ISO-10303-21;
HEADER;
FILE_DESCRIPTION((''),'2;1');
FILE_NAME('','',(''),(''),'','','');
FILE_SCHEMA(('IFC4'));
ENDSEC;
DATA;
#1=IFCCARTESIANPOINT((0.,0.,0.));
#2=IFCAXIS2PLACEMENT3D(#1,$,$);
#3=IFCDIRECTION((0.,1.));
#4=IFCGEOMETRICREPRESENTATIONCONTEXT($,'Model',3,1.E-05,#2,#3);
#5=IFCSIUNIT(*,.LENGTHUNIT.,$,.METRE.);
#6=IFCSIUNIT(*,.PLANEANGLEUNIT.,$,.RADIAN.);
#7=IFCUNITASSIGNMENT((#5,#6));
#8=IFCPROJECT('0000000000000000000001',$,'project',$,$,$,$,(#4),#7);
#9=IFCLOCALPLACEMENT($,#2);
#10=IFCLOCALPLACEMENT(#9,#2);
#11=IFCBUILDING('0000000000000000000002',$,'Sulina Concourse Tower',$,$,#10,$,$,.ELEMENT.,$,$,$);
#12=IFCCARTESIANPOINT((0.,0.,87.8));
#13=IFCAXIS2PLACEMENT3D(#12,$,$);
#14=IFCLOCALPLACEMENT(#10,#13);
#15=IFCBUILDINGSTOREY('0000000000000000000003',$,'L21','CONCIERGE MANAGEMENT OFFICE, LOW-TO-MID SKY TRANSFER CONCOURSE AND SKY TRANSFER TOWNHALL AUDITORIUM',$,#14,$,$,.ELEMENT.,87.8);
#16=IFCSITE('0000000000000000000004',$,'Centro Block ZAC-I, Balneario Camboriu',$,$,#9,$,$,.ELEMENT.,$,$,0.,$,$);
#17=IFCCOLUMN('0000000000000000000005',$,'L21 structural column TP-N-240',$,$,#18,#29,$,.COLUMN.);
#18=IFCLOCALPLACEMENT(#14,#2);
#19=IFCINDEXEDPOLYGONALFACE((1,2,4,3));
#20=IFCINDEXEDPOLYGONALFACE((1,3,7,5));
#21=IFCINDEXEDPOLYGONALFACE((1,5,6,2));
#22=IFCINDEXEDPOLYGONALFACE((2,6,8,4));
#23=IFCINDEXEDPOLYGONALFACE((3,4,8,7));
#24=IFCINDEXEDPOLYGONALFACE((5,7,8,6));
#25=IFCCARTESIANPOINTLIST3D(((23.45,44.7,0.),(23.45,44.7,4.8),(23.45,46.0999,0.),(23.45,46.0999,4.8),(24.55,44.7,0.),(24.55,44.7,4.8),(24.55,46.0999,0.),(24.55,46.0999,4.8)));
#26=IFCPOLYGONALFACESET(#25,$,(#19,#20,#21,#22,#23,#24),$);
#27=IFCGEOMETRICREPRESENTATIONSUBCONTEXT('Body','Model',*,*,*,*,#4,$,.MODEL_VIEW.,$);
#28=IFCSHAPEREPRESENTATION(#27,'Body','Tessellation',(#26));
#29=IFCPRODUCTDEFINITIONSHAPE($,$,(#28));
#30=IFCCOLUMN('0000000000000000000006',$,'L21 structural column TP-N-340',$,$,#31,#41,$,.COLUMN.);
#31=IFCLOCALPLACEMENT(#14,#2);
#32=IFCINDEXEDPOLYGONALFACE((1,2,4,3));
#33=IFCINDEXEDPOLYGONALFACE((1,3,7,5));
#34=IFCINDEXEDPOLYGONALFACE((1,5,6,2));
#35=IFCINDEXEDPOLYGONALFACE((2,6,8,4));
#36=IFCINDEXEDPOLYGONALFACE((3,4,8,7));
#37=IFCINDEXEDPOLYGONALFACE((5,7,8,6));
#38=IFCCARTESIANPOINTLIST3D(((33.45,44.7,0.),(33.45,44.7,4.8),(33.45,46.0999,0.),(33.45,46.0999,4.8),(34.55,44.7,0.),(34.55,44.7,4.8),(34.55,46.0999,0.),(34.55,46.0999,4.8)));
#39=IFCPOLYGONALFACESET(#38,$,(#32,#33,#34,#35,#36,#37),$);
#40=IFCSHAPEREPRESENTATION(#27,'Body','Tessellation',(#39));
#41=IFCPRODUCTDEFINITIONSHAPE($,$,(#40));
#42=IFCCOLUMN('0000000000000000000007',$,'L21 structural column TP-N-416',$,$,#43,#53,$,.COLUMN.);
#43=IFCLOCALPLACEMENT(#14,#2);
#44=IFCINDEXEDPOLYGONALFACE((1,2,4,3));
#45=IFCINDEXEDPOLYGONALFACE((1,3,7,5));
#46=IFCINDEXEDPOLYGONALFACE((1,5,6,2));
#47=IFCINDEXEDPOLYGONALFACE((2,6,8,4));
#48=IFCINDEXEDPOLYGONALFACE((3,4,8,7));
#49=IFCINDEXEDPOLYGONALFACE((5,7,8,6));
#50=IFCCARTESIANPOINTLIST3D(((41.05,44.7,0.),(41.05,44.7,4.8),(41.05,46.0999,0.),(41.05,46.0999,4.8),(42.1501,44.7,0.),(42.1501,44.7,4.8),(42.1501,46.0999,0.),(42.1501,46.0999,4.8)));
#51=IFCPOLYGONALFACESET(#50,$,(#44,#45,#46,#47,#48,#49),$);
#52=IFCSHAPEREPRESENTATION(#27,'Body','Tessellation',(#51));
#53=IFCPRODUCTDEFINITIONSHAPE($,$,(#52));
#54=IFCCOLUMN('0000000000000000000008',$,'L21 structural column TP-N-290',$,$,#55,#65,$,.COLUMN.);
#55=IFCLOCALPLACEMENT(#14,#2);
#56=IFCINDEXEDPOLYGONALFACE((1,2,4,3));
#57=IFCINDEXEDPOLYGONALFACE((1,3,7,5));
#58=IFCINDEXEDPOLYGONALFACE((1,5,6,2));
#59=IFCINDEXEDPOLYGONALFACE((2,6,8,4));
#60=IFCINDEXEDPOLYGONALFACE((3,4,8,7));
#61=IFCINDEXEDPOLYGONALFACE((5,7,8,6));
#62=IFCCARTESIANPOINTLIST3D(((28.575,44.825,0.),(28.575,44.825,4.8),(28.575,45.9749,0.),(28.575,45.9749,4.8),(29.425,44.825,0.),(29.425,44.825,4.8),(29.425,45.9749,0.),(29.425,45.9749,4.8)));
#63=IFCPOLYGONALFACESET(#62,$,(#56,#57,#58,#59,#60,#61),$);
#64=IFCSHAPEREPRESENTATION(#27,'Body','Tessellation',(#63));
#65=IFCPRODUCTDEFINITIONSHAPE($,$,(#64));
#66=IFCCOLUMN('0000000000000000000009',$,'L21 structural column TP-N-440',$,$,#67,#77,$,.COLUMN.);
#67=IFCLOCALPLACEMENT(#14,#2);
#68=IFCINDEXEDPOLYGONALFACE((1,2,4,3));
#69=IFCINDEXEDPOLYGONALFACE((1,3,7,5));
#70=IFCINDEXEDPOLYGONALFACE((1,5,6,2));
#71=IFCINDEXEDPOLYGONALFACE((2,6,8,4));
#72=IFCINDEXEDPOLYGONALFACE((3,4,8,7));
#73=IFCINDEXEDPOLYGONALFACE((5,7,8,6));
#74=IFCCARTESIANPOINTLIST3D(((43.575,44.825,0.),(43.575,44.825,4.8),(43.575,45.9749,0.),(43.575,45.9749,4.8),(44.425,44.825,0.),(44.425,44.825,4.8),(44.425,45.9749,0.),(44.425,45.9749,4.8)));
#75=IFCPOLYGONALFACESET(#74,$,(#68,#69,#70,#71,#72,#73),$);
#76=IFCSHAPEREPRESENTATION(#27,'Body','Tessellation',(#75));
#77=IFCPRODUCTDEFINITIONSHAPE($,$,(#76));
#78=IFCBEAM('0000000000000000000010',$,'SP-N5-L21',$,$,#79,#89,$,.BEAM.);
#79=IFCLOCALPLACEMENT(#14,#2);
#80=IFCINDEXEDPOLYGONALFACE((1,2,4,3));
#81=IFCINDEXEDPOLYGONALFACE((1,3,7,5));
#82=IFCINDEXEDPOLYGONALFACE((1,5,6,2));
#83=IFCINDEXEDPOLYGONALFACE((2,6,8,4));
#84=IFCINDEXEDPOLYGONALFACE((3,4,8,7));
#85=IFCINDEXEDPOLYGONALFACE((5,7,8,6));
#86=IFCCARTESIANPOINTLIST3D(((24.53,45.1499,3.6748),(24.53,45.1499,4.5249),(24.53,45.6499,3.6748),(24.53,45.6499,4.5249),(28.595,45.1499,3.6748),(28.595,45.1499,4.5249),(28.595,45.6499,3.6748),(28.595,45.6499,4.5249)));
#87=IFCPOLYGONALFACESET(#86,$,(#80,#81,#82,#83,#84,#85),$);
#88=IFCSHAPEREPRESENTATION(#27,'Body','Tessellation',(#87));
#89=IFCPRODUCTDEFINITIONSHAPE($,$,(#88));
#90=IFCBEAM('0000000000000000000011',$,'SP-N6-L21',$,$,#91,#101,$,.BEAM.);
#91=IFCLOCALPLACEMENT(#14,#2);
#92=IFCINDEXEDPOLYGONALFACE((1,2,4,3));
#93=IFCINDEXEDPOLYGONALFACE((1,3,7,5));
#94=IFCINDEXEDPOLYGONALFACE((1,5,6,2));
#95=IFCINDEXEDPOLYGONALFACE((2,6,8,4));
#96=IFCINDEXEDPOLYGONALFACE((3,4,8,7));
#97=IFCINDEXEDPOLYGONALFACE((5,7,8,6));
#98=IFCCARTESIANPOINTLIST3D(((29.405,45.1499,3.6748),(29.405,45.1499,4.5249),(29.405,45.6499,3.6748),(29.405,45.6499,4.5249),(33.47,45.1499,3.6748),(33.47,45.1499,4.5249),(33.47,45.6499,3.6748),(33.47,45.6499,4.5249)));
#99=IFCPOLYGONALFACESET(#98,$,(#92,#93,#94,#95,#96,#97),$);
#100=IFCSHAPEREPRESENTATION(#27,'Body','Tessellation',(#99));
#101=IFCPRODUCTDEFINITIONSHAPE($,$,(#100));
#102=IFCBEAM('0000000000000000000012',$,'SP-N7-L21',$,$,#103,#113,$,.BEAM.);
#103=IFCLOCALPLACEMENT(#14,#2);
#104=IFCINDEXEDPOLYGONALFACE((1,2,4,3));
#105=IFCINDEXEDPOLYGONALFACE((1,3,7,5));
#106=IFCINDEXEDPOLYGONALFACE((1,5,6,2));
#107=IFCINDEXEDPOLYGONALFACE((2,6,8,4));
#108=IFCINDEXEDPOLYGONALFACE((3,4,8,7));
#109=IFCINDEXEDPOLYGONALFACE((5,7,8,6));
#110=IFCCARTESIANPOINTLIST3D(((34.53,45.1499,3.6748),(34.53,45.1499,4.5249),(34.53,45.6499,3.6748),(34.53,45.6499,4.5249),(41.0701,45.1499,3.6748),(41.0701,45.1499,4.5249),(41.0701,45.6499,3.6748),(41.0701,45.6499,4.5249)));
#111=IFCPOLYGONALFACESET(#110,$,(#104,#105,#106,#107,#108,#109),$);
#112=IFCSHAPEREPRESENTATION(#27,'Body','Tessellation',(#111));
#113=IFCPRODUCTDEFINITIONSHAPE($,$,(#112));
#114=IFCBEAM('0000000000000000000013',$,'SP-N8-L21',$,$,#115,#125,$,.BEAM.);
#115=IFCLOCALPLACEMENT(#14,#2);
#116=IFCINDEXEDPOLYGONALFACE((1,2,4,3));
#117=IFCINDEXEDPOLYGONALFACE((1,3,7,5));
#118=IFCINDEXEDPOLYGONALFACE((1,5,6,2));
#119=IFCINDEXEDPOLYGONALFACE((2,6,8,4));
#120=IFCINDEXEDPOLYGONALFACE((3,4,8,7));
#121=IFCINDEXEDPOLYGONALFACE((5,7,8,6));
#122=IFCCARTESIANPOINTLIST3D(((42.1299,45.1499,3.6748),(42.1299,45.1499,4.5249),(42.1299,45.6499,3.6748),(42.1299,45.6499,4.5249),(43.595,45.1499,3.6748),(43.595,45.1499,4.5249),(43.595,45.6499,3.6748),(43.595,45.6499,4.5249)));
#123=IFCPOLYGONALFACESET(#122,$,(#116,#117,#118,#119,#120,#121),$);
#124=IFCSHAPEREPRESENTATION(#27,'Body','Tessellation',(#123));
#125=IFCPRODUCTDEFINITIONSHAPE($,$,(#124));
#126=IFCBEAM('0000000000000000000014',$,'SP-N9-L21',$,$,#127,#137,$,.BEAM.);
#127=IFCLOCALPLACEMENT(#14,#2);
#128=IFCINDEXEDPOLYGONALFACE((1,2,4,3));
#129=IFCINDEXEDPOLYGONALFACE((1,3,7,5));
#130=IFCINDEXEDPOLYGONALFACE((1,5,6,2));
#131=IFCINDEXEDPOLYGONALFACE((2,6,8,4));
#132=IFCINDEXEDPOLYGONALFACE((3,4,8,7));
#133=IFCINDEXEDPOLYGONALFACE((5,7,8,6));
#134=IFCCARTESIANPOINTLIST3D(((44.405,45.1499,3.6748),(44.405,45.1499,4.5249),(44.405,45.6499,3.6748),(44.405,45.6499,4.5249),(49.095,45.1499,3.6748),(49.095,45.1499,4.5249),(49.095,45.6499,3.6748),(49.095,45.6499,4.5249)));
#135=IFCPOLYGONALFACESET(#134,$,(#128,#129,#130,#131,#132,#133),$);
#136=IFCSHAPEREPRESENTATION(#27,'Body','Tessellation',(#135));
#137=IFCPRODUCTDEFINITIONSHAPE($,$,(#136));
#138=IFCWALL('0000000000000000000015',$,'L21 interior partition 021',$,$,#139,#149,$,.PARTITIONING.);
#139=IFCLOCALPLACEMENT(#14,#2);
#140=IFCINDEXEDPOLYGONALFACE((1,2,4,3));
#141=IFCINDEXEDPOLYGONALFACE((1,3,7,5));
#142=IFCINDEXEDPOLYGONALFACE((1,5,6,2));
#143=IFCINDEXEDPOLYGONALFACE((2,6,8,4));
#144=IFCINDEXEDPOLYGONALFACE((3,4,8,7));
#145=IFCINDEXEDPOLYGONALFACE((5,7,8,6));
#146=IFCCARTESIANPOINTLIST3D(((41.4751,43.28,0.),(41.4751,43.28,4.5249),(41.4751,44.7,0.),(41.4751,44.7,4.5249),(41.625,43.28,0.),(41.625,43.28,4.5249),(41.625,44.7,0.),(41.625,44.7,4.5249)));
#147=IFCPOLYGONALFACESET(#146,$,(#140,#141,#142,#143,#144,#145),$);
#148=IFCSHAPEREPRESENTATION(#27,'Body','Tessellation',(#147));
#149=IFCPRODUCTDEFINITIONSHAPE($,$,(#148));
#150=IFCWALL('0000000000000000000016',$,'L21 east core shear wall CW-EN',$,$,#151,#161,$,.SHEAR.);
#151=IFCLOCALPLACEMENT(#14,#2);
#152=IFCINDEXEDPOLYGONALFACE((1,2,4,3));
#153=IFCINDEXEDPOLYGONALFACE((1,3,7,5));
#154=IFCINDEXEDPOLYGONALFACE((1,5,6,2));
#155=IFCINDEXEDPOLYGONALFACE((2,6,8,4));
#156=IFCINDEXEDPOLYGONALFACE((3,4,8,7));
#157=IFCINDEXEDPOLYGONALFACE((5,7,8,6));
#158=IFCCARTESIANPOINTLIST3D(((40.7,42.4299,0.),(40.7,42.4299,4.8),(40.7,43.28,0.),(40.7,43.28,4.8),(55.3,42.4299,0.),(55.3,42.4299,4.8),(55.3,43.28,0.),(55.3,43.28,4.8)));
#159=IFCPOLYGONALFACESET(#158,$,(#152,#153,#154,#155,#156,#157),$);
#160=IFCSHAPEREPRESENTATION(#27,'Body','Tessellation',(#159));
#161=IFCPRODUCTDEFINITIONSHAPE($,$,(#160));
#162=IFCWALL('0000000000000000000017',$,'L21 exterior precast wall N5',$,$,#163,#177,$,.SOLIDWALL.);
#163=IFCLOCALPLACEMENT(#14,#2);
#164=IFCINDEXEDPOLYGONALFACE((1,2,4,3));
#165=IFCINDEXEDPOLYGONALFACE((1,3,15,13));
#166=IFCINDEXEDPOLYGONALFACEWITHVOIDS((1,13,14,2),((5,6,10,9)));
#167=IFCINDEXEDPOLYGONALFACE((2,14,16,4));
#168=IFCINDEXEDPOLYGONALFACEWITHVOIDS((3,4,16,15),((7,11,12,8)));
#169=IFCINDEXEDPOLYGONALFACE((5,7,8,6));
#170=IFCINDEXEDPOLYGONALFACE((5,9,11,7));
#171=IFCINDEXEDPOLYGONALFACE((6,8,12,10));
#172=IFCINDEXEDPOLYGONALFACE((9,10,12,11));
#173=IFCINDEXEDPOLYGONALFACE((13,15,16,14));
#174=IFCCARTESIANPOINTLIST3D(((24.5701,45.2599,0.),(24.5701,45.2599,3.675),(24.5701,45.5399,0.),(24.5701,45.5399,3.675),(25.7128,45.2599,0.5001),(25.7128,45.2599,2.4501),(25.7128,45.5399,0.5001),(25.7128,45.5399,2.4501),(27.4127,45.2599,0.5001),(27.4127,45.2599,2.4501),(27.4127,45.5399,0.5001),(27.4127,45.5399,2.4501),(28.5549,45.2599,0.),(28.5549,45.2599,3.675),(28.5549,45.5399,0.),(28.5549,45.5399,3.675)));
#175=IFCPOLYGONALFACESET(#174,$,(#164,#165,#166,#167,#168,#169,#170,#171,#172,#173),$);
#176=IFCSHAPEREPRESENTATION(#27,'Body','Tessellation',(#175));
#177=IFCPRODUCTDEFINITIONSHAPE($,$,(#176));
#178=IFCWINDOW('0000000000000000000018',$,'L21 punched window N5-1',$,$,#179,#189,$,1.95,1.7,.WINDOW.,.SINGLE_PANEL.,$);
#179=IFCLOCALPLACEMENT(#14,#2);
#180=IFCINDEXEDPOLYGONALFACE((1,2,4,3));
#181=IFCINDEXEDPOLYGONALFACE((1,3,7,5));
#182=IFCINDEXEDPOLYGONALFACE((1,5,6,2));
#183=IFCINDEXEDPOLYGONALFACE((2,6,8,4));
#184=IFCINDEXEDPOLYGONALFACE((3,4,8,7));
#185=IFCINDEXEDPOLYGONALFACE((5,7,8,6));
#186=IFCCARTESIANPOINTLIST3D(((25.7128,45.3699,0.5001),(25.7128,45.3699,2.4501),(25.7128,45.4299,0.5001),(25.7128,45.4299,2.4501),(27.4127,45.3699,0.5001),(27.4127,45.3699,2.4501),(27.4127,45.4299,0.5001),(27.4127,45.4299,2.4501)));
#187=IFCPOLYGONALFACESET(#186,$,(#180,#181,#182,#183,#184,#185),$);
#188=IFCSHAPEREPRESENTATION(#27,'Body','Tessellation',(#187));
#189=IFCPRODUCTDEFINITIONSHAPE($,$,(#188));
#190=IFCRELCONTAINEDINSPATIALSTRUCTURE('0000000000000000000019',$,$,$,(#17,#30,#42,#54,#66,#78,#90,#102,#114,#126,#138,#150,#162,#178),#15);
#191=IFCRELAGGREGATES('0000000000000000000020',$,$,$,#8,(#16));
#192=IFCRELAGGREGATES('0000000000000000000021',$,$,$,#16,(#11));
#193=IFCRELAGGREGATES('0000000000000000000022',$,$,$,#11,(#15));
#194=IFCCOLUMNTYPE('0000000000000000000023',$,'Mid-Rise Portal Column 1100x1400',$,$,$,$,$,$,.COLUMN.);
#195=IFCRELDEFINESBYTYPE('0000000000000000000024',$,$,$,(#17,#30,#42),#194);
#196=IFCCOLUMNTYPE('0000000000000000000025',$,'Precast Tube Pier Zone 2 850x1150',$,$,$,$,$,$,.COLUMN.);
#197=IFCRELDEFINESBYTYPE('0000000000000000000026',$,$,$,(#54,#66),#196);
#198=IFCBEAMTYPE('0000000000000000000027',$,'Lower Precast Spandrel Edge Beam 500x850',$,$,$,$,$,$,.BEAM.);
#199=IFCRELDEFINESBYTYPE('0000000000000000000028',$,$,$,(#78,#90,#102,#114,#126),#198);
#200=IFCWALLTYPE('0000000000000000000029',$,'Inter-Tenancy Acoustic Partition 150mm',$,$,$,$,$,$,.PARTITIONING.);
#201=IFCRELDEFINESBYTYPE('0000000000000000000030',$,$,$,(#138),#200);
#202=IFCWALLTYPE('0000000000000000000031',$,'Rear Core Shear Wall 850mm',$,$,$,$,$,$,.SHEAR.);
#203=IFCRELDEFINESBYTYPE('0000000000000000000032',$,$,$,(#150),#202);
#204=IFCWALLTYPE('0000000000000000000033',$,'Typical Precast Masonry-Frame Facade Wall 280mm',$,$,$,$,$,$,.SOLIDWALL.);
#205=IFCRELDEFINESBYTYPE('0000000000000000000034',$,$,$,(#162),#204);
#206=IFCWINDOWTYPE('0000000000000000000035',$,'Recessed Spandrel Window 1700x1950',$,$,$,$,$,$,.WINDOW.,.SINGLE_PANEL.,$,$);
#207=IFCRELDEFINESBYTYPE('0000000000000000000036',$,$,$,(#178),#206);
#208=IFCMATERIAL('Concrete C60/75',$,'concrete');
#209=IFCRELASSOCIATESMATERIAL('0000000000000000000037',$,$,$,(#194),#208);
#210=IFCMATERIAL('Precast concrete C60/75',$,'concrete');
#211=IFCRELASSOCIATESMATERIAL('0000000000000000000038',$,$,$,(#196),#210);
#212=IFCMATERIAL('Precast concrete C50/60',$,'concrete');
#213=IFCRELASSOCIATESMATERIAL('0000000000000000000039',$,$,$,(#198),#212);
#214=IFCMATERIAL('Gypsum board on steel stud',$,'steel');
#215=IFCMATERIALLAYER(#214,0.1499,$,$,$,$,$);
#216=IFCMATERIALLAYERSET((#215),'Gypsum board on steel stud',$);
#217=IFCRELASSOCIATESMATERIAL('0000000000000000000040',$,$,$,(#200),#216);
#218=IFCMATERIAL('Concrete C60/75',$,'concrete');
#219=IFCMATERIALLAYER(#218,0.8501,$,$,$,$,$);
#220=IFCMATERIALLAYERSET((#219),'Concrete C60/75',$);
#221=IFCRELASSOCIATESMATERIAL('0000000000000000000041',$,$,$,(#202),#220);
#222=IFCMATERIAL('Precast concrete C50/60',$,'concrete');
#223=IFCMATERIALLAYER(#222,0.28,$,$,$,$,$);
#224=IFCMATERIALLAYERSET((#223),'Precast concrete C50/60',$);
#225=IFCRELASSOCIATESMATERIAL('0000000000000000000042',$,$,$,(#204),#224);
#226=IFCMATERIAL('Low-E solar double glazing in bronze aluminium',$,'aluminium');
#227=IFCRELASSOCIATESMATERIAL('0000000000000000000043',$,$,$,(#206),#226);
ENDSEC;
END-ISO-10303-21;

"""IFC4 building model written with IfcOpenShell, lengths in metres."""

from ifc_helpers import new_model, si_unit, direction, frame, frame_2d, origin, origin_2d, place, context, subcontext, project, spatial, rectangle, extrude, material, layer, layer_set, material_profile, profile_set, type_object, element, fill, save


model = new_model("IFC4")

# Units and contexts
model_context = context("Model", 3, precision=1e-05, world=origin(), true_north=direction((0.0, 1.0)))
body_context = subcontext(model_context, "Body", "Model", "MODEL_VIEW")
ifc_project = project(units=[si_unit("LENGTHUNIT", "METRE"), si_unit("PLANEANGLEUNIT", "RADIAN")], contexts=[model_context])

# Site, building, storey
site_placement = place(None, origin())
site = spatial("IfcSite", under=ifc_project, at=site_placement, Name="Centro Block ZAC-I, Balneario Camboriu", CompositionType="ELEMENT", RefElevation=0.0)
building_placement = place(site_placement, origin())
building = spatial("IfcBuilding", under=site, at=building_placement, Name="Sulina Concourse Tower", CompositionType="ELEMENT")
storey_placement = place(building_placement, frame((0.0, 0.0, 87.8)))
storey = spatial("IfcBuildingStorey", under=building, at=storey_placement, Name="L21", Description="CONCIERGE MANAGEMENT OFFICE, LOW-TO-MID SKY TRANSFER CONCOURSE AND SKY TRANSFER TOWNHALL AUDITORIUM", CompositionType="ELEMENT", Elevation=87.8)

# Columns
ifc_material_1 = material(Name="Concrete C60/75", Category="concrete")
ifc_material_profile_1 = material_profile(ifc_material_1, rectangle(XDim=1.1001, YDim=1.3999, at=origin_2d()), Name="RC 1100x1400")
ifc_profile_set_1 = profile_set([ifc_material_profile_1], Name="Concrete C60/75")
column_type_1 = type_object("IfcColumnType", Name="Mid-Rise Portal Column 1100x1400", PredefinedType="COLUMN", material=ifc_profile_set_1)
for number, where, z_axis, x_axis, name in (
    (1, (24.0, 45.3999, 0.0), (0.0, 0.0, 1.0), (1.0, 0.0, 0.0), "L21 structural column TP-N-240"),
    (2, (34.0, 45.3999, 0.0), (0.0, 0.0, 1.0), (1.0, 0.0, 0.0), "L21 structural column TP-N-340"),
    (3, (41.6001, 45.3999, 0.0), (0.0, 0.0, 1.0), (1.0, 0.0, 0.0), "L21 structural column TP-N-416"),
):
    element("IfcColumn", number, at=place(storey_placement, frame(where, z_axis=z_axis, x_axis=x_axis)), inside=storey, type_object=column_type_1, Name=name, PredefinedType="COLUMN", context=body_context, shape_type="SweptSolid", body=[
        extrude(rectangle(XDim=1.1001, YDim=1.3999, at=origin_2d()), origin(), (0.0, 0.0, 1.0), 4.8),
    ])
ifc_material_2 = material(Name="Precast concrete C60/75", Category="concrete")
ifc_material_profile_2 = material_profile(ifc_material_2, rectangle(XDim=0.8501, YDim=1.1499, at=origin_2d()), Name="PC 850x1150")
ifc_profile_set_2 = profile_set([ifc_material_profile_2], Name="Precast concrete C60/75")
column_type_2 = type_object("IfcColumnType", Name="Precast Tube Pier Zone 2 850x1150", PredefinedType="COLUMN", material=ifc_profile_set_2)
for number, where, z_axis, x_axis, name in (
    (4, (29.0, 45.3999, 0.0), (0.0, 0.0, 1.0), (1.0, 0.0, 0.0), "L21 structural column TP-N-290"),
    (5, (44.0, 45.3999, 0.0), (0.0, 0.0, 1.0), (1.0, 0.0, 0.0), "L21 structural column TP-N-440"),
):
    element("IfcColumn", number, at=place(storey_placement, frame(where, z_axis=z_axis, x_axis=x_axis)), inside=storey, type_object=column_type_2, Name=name, PredefinedType="COLUMN", context=body_context, shape_type="SweptSolid", body=[
        extrude(rectangle(XDim=0.8501, YDim=1.1499, at=origin_2d()), origin(), (0.0, 0.0, 1.0), 4.8),
    ])

# Beams
ifc_material_3 = material(Name="Precast concrete C50/60", Category="concrete")
ifc_material_profile_3 = material_profile(ifc_material_3, rectangle(XDim=0.5, YDim=0.8501, at=origin_2d()), Name="RC 500x850")
ifc_profile_set_3 = profile_set([ifc_material_profile_3], Name="Precast concrete C50/60")
beam_type = type_object("IfcBeamType", Name="Lower Precast Spandrel Edge Beam 500x850", PredefinedType="BEAM", material=ifc_profile_set_3)
for number, where, z_axis, x_axis, name in (
    (6, (24.53, 45.3999, 4.0999), (1.0, 0.0, 0.0), (0.0, 1.0, 0.0), "SP-N5-L21"),
    (7, (29.405, 45.3999, 4.0999), (1.0, 0.0, 0.0), (0.0, 1.0, 0.0), "SP-N6-L21"),
):
    element("IfcBeam", number, at=place(storey_placement, frame(where, z_axis=z_axis, x_axis=x_axis)), inside=storey, type_object=beam_type, Name=name, PredefinedType="BEAM", context=body_context, shape_type="SweptSolid", body=[
        extrude(rectangle(XDim=0.5, YDim=0.8501, at=origin_2d()), origin(), (0.0, 0.0, 1.0), 4.0649),
    ])
beam_1_placement = place(storey_placement, frame((34.53, 45.3999, 4.0999), z_axis=(1.0, 0.0, 0.0), x_axis=(0.0, 1.0, 0.0)))
element("IfcBeam", 8, at=beam_1_placement, inside=storey, type_object=beam_type, Name="SP-N7-L21", PredefinedType="BEAM", context=body_context, shape_type="SweptSolid", body=[
    extrude(rectangle(XDim=0.5, YDim=0.8501, at=origin_2d()), origin(), (0.0, 0.0, 1.0), 6.54),
])
beam_2_placement = place(storey_placement, frame((42.1299, 45.3999, 4.0999), z_axis=(1.0, 0.0, 0.0), x_axis=(0.0, 1.0, 0.0)))
element("IfcBeam", 9, at=beam_2_placement, inside=storey, type_object=beam_type, Name="SP-N8-L21", PredefinedType="BEAM", context=body_context, shape_type="SweptSolid", body=[
    extrude(rectangle(XDim=0.5, YDim=0.8501, at=origin_2d()), origin(), (0.0, 0.0, 1.0), 1.4651),
])
beam_3_placement = place(storey_placement, frame((44.405, 45.3999, 4.0999), z_axis=(1.0, 0.0, 0.0), x_axis=(0.0, 1.0, 0.0)))
element("IfcBeam", 10, at=beam_3_placement, inside=storey, type_object=beam_type, Name="SP-N9-L21", PredefinedType="BEAM", context=body_context, shape_type="SweptSolid", body=[
    extrude(rectangle(XDim=0.5, YDim=0.8501, at=origin_2d()), origin(), (0.0, 0.0, 1.0), 4.6899),
])

# Walls
ifc_material_4 = material(Name="Gypsum board on steel stud", Category="steel")
ifc_layer_1 = layer(ifc_material_4, 0.1499)
ifc_layer_set_1 = layer_set([ifc_layer_1], Name="Gypsum board on steel stud")
wall_type_1 = type_object("IfcWallType", Name="Inter-Tenancy Acoustic Partition 150mm", PredefinedType="PARTITIONING", material=ifc_layer_set_1)
wall_1_placement = place(storey_placement, frame((41.55, 43.28, 0.0), z_axis=(0.0, 0.0, 1.0), x_axis=(0.0, 1.0, 0.0)))
element("IfcWall", 11, at=wall_1_placement, inside=storey, type_object=wall_type_1, Name="L21 interior partition 021", PredefinedType="PARTITIONING", context=body_context, shape_type="SweptSolid", body=[
    extrude(rectangle(XDim=1.4199, YDim=0.1499, at=frame_2d((0.71, 0.0))), origin(), (0.0, 0.0, 1.0), 4.5249),
])
ifc_material_5 = material(Name="Concrete C60/75", Category="concrete")
ifc_layer_2 = layer(ifc_material_5, 0.8501)
ifc_layer_set_2 = layer_set([ifc_layer_2], Name="Concrete C60/75")
wall_type_2 = type_object("IfcWallType", Name="Rear Core Shear Wall 850mm", PredefinedType="SHEAR", material=ifc_layer_set_2)
wall_2_placement = place(storey_placement, frame((40.7, 42.855, 0.0), z_axis=(0.0, 0.0, 1.0), x_axis=(1.0, 0.0, 0.0)))
element("IfcWall", 12, at=wall_2_placement, inside=storey, type_object=wall_type_2, Name="L21 east core shear wall CW-EN", PredefinedType="SHEAR", context=body_context, shape_type="SweptSolid", body=[
    extrude(rectangle(XDim=14.6001, YDim=0.8501, at=frame_2d((7.3, 0.0))), origin(), (0.0, 0.0, 1.0), 4.8),
])

# Wall, opening, window
ifc_material_6 = material(Name="Precast concrete C50/60", Category="concrete")
ifc_layer_3 = layer(ifc_material_6, 0.28)
ifc_layer_set_3 = layer_set([ifc_layer_3], Name="Precast concrete C50/60")
wall_type_3 = type_object("IfcWallType", Name="Typical Precast Masonry-Frame Facade Wall 280mm", PredefinedType="SOLIDWALL", material=ifc_layer_set_3)
wall_3_placement = place(storey_placement, frame((24.5701, 45.3999, 0.0), z_axis=(0.0, 0.0, 1.0), x_axis=(1.0, 0.0, 0.0)))
wall_3 = element("IfcWall", 13, at=wall_3_placement, inside=storey, type_object=wall_type_3, Name="L21 exterior precast wall N5", PredefinedType="SOLIDWALL", context=body_context, shape_type="SweptSolid", body=[
    extrude(rectangle(XDim=3.9849, YDim=0.28, at=frame_2d((1.9924, 0.0))), origin(), (0.0, 0.0, 1.0), 3.675),
])
opening_1_placement = place(wall_3_placement, frame((1.1426, 0.0, 0.5)))
opening_1 = element("IfcOpeningElement", 14, at=opening_1_placement, cuts=wall_3, PredefinedType="OPENING", context=body_context, shape_type="SweptSolid", body=[
    extrude(rectangle(XDim=1.7, YDim=1.95, at=frame_2d((0.8501, 0.9751))), frame((0.0, 0.1499, 0.0), z_axis=(0.0, -1.0, 0.0), x_axis=(1.0, 0.0, 0.0)), (0.0, 0.0, 1.0), 0.3),
])
ifc_material_7 = material(Name="Low-E solar double glazing in bronze aluminium", Category="aluminium")
window_type = type_object("IfcWindowType", Name="Recessed Spandrel Window 1700x1950", PartitioningType="SINGLE_PANEL", PredefinedType="WINDOW", material=ifc_material_7)
window_1_placement = place(opening_1_placement, origin())
window_1 = element("IfcWindow", 15, at=window_1_placement, inside=storey, type_object=window_type, Name="L21 punched window N5-1", OverallHeight=1.95, OverallWidth=1.7, PartitioningType="SINGLE_PANEL", PredefinedType="WINDOW", context=body_context, shape_type="SweptSolid", body=[
    extrude(rectangle(XDim=1.7, YDim=1.95, at=frame_2d((0.8501, 0.9751))), frame((0.0, 0.03, 0.0), z_axis=(0.0, -1.0, 0.0), x_axis=(1.0, 0.0, 0.0)), (0.0, 0.0, 1.0), 0.0601),
])
fill(opening_1, window_1)

save(model, "model.ifc")
